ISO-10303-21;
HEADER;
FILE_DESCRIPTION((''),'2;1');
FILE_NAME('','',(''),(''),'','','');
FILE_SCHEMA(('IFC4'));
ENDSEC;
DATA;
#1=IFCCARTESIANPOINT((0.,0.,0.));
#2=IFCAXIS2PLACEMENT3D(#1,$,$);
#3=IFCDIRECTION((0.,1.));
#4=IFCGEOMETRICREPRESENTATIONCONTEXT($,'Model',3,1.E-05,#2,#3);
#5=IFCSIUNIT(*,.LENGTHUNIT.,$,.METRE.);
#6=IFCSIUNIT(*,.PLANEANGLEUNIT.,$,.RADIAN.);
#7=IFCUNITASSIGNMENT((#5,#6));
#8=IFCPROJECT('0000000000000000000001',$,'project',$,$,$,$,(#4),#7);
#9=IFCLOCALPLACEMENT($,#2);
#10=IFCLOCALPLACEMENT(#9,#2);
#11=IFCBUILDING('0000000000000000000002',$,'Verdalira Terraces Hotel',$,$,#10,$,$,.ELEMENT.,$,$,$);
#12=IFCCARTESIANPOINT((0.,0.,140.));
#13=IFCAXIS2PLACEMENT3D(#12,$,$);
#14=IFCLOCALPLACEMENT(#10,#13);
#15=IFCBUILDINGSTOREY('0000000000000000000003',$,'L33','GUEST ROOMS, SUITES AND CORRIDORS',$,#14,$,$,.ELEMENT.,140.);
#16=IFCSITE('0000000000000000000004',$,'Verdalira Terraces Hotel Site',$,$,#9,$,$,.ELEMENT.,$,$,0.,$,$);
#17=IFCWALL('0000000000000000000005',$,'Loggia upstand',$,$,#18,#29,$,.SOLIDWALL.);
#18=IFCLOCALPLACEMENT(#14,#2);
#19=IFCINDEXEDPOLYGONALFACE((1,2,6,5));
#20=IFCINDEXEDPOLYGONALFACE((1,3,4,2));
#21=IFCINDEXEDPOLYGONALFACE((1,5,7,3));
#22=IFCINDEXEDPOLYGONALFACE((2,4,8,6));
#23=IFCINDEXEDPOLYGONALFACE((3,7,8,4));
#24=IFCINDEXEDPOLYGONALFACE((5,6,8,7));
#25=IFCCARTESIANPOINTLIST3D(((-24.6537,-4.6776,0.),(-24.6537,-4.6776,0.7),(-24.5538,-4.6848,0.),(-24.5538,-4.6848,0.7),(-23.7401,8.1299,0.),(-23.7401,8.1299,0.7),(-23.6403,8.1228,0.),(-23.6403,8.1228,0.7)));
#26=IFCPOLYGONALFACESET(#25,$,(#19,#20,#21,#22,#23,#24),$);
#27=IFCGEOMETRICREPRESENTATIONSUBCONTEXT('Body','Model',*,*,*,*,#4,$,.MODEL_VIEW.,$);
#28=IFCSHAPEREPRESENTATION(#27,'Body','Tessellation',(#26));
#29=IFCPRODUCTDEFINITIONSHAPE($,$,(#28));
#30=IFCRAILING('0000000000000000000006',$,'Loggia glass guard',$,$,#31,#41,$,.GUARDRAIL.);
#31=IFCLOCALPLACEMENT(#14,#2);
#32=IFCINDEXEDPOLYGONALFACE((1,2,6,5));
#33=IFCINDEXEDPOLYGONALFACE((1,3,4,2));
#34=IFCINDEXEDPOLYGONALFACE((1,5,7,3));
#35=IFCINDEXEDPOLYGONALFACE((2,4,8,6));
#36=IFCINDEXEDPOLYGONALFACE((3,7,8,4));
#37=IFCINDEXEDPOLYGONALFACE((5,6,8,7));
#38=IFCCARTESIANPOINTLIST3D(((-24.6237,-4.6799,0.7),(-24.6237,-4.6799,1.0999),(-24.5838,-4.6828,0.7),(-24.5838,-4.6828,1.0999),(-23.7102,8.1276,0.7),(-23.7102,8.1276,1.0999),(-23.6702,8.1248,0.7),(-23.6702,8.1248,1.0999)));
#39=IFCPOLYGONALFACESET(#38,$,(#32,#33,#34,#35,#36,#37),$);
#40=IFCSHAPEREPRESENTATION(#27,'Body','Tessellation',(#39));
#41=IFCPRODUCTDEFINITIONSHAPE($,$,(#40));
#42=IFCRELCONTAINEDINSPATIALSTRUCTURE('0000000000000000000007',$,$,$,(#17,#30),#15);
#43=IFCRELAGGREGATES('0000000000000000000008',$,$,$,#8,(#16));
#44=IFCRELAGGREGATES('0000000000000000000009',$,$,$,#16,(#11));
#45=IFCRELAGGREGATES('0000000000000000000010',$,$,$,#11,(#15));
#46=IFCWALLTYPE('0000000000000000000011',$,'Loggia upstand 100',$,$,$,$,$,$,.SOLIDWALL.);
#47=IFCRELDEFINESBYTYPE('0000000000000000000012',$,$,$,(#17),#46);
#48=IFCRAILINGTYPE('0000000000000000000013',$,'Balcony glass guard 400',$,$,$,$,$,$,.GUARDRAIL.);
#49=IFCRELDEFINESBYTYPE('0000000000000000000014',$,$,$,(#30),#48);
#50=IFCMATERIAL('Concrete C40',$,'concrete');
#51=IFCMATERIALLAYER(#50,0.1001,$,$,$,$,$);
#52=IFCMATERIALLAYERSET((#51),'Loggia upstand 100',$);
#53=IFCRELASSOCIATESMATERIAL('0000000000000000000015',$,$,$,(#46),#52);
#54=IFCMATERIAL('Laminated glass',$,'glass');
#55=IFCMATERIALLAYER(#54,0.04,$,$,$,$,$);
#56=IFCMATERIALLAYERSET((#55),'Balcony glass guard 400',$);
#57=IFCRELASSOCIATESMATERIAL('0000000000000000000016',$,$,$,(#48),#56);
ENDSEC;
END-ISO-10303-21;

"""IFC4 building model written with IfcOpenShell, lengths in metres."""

from ifc_helpers import new_model, si_unit, direction, frame, frame_2d, origin, origin_2d, place, context, subcontext, project, spatial, rectangle, extrude, material, layer, layer_set, type_object, element, save


model = new_model("IFC4")

# Units and contexts
model_context = context("Model", 3, precision=1e-05, world=origin(), true_north=direction((0.0, 1.0)))
body_context = subcontext(model_context, "Body", "Model", "MODEL_VIEW")
ifc_project = project(units=[si_unit("LENGTHUNIT", "METRE"), si_unit("PLANEANGLEUNIT", "RADIAN")], contexts=[model_context])

# Site, building, storey
site_placement = place(None, origin())
site = spatial("IfcSite", under=ifc_project, at=site_placement, Name="Verdalira Terraces Hotel Site", CompositionType="ELEMENT", RefElevation=0.0)
building_placement = place(site_placement, origin())
building = spatial("IfcBuilding", under=site, at=building_placement, Name="Verdalira Terraces Hotel", CompositionType="ELEMENT")
storey_placement = place(building_placement, frame((0.0, 0.0, 140.0)))
storey = spatial("IfcBuildingStorey", under=building, at=storey_placement, Name="L33", Description="GUEST ROOMS, SUITES AND CORRIDORS", CompositionType="ELEMENT", Elevation=140.0)

# Wall
ifc_material_1 = material(Name="Concrete C40", Category="concrete")
ifc_layer_1 = layer(ifc_material_1, 0.1001)
ifc_layer_set_1 = layer_set([ifc_layer_1], Name="Loggia upstand 100")
wall_type_1 = type_object("IfcWallType", Name="Loggia upstand 100", PredefinedType="SOLIDWALL", material=ifc_layer_set_1)
wall_1_placement = place(storey_placement, frame((-23.6902, 8.1262, 0.0), z_axis=(0.0, 0.0, 1.0), x_axis=(-0.07115, -0.997466, 0.0)))
element("IfcWall", 1, at=wall_1_placement, inside=storey, type_object=wall_type_1, Name="Loggia upstand", PredefinedType="SOLIDWALL", context=body_context, shape_type="SweptSolid", body=[
    extrude(rectangle(XDim=12.8401, YDim=0.1001, at=frame_2d((6.4199, 0.0))), origin(), (0.0, 0.0, 1.0), 0.7),
])

# Railing
ifc_material_2 = material(Name="Laminated glass", Category="glass")
ifc_layer_2 = layer(ifc_material_2, 0.04)
ifc_layer_set_2 = layer_set([ifc_layer_2], Name="Balcony glass guard 400")
railing_type = type_object("IfcRailingType", Name="Balcony glass guard 400", PredefinedType="GUARDRAIL", material=ifc_layer_set_2)
railing_placement = place(storey_placement, frame((-24.147, 1.7224, 0.7), z_axis=(0.0, 0.0, 1.0), x_axis=(-0.071149, -0.997466, 0.0)))
element("IfcRailing", 2, at=railing_placement, inside=storey, type_object=railing_type, Name="Loggia glass guard", PredefinedType="GUARDRAIL", context=body_context, shape_type="SweptSolid", body=[
    extrude(rectangle(XDim=12.8401, YDim=0.04, at=origin_2d()), origin(), (0.0, 0.0, 1.0), 0.3999),
])

save(model, "model.ifc")
